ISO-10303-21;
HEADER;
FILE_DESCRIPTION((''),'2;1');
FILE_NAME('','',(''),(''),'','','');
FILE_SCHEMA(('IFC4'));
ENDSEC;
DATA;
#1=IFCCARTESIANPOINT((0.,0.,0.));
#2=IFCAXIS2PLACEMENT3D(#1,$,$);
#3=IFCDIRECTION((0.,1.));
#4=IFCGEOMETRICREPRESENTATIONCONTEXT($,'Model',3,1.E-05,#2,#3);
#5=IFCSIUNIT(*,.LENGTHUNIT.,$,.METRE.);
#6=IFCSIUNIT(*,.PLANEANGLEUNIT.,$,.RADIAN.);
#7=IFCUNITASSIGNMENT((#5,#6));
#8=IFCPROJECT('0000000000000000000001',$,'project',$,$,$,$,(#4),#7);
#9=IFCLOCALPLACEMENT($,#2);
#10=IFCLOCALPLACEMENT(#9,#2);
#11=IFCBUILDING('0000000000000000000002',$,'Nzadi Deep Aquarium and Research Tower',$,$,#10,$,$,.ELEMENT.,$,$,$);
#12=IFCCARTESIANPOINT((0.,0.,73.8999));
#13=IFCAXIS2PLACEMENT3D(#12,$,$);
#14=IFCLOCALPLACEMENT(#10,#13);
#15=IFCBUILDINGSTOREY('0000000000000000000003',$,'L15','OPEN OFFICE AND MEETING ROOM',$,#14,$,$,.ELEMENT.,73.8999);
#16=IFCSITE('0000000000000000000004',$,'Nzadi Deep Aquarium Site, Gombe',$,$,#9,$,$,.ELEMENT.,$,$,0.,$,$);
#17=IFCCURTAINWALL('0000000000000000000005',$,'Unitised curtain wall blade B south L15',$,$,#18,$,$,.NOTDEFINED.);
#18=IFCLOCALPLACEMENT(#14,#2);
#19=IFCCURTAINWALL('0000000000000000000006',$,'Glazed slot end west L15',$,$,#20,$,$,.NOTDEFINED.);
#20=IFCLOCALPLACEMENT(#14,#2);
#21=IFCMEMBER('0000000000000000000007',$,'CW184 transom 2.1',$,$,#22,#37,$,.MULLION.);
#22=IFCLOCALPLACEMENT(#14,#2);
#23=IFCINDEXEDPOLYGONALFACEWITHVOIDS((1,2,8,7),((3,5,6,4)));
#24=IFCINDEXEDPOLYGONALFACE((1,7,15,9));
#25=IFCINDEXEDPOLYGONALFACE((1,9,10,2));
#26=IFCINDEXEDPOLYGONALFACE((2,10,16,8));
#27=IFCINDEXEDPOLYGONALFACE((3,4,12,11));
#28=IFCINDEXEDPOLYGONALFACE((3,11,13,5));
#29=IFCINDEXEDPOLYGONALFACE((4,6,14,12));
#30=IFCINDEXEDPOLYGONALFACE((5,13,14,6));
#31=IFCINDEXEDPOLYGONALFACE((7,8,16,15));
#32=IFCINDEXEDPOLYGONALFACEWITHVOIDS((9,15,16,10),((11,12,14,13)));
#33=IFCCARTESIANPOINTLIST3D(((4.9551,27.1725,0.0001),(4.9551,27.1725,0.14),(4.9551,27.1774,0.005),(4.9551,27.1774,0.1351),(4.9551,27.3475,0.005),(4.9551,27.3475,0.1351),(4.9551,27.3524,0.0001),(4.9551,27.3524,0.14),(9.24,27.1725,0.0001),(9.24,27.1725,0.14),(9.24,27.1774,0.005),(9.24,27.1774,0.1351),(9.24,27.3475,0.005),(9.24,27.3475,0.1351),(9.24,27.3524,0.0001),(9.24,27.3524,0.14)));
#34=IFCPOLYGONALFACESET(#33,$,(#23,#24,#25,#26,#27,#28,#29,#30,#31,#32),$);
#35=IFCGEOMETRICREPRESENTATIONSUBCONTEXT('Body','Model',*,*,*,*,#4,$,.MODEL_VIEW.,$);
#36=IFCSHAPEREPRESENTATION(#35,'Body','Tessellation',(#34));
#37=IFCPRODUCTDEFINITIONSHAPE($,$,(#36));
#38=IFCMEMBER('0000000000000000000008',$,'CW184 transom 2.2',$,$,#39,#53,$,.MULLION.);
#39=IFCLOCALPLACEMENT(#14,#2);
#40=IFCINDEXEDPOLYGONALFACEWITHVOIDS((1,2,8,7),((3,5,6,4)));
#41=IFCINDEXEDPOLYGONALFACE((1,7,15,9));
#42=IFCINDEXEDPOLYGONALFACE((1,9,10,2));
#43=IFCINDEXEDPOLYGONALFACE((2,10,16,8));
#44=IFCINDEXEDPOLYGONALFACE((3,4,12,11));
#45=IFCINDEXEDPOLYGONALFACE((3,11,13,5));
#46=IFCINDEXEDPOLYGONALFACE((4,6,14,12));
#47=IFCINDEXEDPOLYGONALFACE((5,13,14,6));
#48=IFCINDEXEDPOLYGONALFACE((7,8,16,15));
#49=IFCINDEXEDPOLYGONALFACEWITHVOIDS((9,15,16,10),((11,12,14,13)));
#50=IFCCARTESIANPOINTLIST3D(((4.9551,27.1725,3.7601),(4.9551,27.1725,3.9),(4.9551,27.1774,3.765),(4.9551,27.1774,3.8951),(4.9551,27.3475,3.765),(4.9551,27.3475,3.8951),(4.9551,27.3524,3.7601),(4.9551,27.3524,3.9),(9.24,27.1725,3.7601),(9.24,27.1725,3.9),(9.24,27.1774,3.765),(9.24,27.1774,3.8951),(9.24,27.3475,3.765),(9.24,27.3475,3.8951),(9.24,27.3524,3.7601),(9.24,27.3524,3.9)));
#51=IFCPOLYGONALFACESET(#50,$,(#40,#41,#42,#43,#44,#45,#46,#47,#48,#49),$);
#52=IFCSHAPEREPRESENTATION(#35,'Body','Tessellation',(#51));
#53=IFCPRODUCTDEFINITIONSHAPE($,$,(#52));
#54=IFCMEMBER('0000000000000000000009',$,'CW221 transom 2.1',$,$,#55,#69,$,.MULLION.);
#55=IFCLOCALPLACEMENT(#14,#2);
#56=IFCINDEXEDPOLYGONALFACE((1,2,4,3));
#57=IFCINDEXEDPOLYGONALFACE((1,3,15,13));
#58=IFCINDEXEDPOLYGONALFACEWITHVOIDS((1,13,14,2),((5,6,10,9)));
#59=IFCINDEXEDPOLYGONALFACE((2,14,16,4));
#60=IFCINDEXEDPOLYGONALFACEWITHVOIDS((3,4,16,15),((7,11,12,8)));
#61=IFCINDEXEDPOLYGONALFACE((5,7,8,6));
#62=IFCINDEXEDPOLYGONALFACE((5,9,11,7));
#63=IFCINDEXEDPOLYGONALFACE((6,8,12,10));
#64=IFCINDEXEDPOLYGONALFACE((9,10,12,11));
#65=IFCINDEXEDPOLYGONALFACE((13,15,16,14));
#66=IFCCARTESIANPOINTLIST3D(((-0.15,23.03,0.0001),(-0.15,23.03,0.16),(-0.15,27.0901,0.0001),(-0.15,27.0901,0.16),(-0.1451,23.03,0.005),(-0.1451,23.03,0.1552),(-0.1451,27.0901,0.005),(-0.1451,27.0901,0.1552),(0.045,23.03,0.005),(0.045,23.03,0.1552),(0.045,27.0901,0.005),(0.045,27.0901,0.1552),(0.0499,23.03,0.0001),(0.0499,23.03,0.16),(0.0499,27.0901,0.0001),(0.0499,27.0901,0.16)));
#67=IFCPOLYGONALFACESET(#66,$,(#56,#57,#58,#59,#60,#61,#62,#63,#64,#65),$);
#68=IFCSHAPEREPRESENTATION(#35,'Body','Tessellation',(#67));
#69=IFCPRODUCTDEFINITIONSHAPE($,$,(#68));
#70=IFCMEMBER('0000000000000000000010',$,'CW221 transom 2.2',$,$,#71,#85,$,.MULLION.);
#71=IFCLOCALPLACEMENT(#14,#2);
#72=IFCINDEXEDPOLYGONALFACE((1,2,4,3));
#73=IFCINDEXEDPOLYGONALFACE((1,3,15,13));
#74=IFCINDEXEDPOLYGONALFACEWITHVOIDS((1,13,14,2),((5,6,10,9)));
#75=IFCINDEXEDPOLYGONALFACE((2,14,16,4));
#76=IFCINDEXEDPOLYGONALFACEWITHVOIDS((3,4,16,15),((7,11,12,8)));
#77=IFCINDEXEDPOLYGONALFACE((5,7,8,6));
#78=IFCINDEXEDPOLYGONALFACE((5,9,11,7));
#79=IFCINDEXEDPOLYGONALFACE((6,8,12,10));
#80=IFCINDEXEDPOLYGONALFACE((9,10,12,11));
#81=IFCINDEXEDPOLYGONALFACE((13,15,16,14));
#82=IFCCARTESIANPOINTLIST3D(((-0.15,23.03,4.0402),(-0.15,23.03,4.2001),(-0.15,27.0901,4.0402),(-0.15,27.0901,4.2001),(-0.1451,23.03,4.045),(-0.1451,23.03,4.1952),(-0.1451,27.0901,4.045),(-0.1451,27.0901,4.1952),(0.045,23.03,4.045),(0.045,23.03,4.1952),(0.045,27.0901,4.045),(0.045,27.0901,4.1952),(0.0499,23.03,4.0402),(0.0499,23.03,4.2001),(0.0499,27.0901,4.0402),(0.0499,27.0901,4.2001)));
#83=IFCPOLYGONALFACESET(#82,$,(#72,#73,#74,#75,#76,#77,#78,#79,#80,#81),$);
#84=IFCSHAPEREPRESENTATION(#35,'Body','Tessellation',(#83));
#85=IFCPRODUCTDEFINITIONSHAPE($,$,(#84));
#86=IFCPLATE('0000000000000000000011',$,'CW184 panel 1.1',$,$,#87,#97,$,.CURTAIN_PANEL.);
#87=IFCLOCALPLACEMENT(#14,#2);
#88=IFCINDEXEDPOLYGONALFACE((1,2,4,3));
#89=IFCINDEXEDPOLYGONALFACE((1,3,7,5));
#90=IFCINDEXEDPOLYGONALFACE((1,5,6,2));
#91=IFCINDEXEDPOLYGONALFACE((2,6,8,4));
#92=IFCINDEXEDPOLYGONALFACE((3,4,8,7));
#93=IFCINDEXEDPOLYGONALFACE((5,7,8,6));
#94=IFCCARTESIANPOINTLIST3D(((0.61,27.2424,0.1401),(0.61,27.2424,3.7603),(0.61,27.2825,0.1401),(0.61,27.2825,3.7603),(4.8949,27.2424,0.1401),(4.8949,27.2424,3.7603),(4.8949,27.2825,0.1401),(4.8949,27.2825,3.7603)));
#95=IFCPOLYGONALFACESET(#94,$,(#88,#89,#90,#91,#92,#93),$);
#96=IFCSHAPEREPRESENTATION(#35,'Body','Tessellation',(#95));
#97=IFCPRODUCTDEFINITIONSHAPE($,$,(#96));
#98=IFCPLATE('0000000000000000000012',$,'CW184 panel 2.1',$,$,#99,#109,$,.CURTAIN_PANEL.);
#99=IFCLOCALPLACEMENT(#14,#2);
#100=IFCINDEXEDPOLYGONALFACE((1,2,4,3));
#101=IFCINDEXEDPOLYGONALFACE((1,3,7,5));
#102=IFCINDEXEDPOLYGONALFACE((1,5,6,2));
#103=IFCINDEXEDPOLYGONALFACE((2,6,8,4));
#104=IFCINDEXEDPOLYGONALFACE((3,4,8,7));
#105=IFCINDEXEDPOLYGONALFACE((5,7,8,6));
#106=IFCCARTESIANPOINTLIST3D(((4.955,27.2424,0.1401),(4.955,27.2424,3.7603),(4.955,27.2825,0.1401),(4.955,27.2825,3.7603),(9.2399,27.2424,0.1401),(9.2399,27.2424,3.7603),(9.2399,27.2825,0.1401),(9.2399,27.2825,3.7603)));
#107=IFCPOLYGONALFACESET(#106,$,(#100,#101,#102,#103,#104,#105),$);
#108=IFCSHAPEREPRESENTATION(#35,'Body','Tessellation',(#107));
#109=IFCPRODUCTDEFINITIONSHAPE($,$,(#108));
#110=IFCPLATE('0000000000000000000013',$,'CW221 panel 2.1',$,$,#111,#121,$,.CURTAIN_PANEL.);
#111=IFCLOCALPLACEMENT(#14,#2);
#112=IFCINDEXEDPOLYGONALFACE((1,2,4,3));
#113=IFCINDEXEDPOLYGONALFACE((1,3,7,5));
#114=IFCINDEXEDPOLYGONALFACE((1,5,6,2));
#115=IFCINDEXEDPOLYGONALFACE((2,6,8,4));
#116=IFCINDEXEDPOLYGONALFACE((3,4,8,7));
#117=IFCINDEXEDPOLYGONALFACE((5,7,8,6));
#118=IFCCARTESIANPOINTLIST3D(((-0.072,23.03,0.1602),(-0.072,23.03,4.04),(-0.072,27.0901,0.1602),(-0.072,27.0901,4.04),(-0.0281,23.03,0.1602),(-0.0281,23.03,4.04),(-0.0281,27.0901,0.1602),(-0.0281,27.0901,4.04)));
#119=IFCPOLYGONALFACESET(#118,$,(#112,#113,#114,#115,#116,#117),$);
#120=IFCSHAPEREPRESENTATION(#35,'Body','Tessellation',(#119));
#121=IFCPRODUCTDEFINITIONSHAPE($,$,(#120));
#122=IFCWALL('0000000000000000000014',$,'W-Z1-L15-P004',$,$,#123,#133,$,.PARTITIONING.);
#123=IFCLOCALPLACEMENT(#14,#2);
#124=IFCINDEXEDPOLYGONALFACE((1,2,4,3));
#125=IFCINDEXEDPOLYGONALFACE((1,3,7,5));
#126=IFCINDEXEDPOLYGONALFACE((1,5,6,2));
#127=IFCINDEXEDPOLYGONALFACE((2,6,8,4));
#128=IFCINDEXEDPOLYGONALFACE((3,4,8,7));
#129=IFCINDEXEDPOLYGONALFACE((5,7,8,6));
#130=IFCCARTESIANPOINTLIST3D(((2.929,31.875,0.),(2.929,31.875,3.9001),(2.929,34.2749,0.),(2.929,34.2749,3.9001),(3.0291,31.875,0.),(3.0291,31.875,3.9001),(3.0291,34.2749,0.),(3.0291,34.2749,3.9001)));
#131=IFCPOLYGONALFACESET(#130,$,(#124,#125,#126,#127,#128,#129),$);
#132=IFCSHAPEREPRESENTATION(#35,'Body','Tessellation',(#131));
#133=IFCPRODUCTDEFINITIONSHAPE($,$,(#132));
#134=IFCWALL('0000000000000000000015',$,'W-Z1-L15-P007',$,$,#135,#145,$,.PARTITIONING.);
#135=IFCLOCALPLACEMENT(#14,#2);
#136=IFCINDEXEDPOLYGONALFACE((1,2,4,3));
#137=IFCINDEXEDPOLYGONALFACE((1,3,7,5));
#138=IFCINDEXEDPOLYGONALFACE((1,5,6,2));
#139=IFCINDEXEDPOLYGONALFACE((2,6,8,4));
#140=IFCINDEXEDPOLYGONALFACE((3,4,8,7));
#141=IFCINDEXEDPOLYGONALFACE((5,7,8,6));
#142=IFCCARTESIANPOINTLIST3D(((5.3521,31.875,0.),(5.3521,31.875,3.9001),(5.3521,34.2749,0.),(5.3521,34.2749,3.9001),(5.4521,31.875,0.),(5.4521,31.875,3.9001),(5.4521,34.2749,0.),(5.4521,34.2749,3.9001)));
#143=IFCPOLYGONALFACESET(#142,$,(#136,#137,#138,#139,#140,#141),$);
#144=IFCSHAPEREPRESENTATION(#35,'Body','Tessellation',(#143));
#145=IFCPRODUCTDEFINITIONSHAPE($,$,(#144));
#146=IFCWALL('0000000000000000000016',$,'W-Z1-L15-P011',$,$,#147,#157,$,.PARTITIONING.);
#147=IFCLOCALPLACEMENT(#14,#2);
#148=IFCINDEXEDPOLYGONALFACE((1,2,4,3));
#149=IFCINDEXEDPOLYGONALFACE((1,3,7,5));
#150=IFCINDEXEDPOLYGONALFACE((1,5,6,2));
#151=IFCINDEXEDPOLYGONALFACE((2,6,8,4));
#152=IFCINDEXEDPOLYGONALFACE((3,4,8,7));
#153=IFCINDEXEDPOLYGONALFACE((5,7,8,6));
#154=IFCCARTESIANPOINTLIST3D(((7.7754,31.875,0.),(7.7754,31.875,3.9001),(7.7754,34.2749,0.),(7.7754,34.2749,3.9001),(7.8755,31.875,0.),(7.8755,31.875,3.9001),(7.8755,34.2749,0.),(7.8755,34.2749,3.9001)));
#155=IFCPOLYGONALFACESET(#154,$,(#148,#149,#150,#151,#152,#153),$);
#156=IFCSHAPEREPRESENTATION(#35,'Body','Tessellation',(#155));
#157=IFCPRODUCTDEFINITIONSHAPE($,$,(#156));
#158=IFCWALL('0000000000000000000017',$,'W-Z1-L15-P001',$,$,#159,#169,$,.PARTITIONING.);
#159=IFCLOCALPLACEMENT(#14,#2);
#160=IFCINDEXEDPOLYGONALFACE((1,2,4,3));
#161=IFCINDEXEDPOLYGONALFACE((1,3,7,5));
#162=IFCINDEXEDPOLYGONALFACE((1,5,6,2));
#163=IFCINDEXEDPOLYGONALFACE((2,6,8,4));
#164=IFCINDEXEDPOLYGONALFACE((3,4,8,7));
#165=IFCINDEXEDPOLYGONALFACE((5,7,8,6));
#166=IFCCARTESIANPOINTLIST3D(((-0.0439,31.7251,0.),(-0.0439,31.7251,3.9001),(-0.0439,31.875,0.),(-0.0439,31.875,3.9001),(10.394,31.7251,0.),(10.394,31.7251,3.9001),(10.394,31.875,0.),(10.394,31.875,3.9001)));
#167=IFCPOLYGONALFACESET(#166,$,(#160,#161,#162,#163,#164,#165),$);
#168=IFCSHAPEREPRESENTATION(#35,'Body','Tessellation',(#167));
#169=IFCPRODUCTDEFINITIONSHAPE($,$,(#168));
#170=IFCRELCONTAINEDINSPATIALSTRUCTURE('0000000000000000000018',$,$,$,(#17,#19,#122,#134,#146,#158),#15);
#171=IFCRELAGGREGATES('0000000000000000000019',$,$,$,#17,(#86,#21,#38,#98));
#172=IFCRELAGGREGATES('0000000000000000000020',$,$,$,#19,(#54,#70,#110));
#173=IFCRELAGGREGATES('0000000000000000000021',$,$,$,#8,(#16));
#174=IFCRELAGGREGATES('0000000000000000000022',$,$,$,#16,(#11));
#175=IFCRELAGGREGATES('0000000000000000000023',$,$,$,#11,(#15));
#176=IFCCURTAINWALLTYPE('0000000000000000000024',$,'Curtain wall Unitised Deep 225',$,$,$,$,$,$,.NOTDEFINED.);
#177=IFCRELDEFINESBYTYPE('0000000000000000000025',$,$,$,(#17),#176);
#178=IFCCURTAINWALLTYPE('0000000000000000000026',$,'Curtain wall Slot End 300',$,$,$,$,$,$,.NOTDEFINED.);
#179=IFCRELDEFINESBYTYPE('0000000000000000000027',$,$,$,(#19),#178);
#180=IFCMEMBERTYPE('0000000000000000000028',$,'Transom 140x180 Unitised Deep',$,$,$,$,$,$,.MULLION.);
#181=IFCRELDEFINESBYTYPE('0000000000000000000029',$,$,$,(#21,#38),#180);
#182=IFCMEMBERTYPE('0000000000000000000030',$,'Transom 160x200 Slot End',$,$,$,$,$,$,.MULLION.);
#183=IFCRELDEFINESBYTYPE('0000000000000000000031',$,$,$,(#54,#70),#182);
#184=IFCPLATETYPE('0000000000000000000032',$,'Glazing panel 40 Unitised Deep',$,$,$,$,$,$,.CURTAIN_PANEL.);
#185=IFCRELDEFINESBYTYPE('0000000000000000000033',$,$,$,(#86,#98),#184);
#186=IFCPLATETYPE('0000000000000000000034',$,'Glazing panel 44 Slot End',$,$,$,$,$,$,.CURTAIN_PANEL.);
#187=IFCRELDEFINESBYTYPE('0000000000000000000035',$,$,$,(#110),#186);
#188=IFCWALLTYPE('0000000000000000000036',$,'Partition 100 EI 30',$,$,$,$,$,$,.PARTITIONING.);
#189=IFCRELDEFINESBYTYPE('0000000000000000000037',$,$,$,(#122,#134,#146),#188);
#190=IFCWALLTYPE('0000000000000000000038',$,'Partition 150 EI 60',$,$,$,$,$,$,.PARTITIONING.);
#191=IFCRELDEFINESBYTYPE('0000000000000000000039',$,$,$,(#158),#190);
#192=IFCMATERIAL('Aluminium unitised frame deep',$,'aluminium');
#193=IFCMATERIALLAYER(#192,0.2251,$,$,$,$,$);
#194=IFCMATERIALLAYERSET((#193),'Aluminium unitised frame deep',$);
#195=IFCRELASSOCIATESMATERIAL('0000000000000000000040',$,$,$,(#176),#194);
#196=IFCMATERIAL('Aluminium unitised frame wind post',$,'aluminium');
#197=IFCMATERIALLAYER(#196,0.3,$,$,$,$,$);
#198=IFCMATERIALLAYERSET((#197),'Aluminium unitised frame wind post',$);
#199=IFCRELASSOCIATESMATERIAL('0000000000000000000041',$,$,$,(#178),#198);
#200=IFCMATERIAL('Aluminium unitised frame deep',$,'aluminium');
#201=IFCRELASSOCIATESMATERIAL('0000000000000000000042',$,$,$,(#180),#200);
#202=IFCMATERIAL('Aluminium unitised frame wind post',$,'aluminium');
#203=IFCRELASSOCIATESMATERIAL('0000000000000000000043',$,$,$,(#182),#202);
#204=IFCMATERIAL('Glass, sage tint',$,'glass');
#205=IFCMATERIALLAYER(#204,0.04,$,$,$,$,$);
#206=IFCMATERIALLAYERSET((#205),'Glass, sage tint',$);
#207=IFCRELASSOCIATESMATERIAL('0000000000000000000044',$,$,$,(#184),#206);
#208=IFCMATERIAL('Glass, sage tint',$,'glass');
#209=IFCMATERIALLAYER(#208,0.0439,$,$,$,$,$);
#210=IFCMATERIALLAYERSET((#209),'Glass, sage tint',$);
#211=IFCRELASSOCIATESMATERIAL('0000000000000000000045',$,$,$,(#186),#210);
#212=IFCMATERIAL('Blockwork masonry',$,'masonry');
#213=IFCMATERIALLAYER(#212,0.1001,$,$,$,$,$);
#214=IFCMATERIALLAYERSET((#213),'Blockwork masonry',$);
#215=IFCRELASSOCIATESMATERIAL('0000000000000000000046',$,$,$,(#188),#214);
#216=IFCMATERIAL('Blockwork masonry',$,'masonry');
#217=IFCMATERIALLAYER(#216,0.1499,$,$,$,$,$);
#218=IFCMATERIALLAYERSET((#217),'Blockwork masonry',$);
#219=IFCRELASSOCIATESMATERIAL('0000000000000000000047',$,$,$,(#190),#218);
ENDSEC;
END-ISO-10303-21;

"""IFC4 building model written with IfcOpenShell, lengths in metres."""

from ifc_helpers import new_model, si_unit, direction, frame, frame_2d, origin, origin_2d, place, context, subcontext, project, spatial, rectangle, hollow_rectangle, extrude, material, layer, layer_set, material_profile, profile_set, type_object, element, aggregate, save


model = new_model("IFC4")

# Units and contexts
model_context = context("Model", 3, precision=1e-05, world=origin(), true_north=direction((0.0, 1.0)))
body_context = subcontext(model_context, "Body", "Model", "MODEL_VIEW")
ifc_project = project(units=[si_unit("LENGTHUNIT", "METRE"), si_unit("PLANEANGLEUNIT", "RADIAN")], contexts=[model_context])

# Site, building, storey
site_placement = place(None, origin())
site = spatial("IfcSite", under=ifc_project, at=site_placement, Name="Nzadi Deep Aquarium Site, Gombe", CompositionType="ELEMENT", RefElevation=0.0)
building_placement = place(site_placement, origin())
building = spatial("IfcBuilding", under=site, at=building_placement, Name="Nzadi Deep Aquarium and Research Tower", CompositionType="ELEMENT")
storey_placement = place(building_placement, frame((0.0, 0.0, 73.8999)))
storey = spatial("IfcBuildingStorey", under=building, at=storey_placement, Name="L15", Description="OPEN OFFICE AND MEETING ROOM", CompositionType="ELEMENT", Elevation=73.8999)

# Curtain walls
ifc_material_1 = material(Name="Aluminium unitised frame deep", Category="aluminium")
ifc_layer_1 = layer(ifc_material_1, 0.2251)
ifc_layer_set_1 = layer_set([ifc_layer_1], Name="Aluminium unitised frame deep")
curtain_wall_type_1 = type_object("IfcCurtainWallType", Name="Curtain wall Unitised Deep 225", PredefinedType="NOTDEFINED", material=ifc_layer_set_1)
curtain_wall_1_placement = place(storey_placement, origin())
curtain_wall_1 = element("IfcCurtainWall", 1, at=curtain_wall_1_placement, inside=storey, type_object=curtain_wall_type_1, Name="Unitised curtain wall blade B south L15", PredefinedType="NOTDEFINED")
ifc_material_2 = material(Name="Aluminium unitised frame wind post", Category="aluminium")
ifc_layer_2 = layer(ifc_material_2, 0.3)
ifc_layer_set_2 = layer_set([ifc_layer_2], Name="Aluminium unitised frame wind post")
curtain_wall_type_2 = type_object("IfcCurtainWallType", Name="Curtain wall Slot End 300", PredefinedType="NOTDEFINED", material=ifc_layer_set_2)
curtain_wall_2_placement = place(storey_placement, origin())
curtain_wall_2 = element("IfcCurtainWall", 2, at=curtain_wall_2_placement, inside=storey, type_object=curtain_wall_type_2, Name="Glazed slot end west L15", PredefinedType="NOTDEFINED")

# Members
ifc_material_3 = material(Name="Aluminium unitised frame deep", Category="aluminium")
ifc_material_profile_1 = material_profile(ifc_material_3, hollow_rectangle(XDim=0.1799, YDim=0.1399, WallThickness=0.0049, at=origin_2d()))
ifc_profile_set_1 = profile_set([ifc_material_profile_1], Name="Aluminium unitised frame deep")
member_type_1 = type_object("IfcMemberType", Name="Transom 140x180 Unitised Deep", PredefinedType="MULLION", material=ifc_profile_set_1)
member_1_placement = place(storey_placement, frame((4.9551, 27.2625, 0.0701), z_axis=(1.0, 0.0, 0.0), x_axis=(0.0, 1.0, 0.0)))
member_1 = element("IfcMember", 3, at=member_1_placement, type_object=member_type_1, Name="CW184 transom 2.1", PredefinedType="MULLION", context=body_context, shape_type="SweptSolid", body=[
    extrude(hollow_rectangle(XDim=0.1799, YDim=0.1399, WallThickness=0.0049, at=origin_2d()), origin(), (0.0, 0.0, 1.0), 4.2849),
])
member_2_placement = place(storey_placement, frame((4.9551, 27.2625, 3.8301), z_axis=(1.0, 0.0, 0.0), x_axis=(0.0, 1.0, 0.0)))
member_2 = element("IfcMember", 4, at=member_2_placement, type_object=member_type_1, Name="CW184 transom 2.2", PredefinedType="MULLION", context=body_context, shape_type="SweptSolid", body=[
    extrude(hollow_rectangle(XDim=0.1799, YDim=0.1399, WallThickness=0.0049, at=origin_2d()), origin(), (0.0, 0.0, 1.0), 4.2849),
])
ifc_material_4 = material(Name="Aluminium unitised frame wind post", Category="aluminium")
ifc_material_profile_2 = material_profile(ifc_material_4, hollow_rectangle(XDim=0.2, YDim=0.1599, WallThickness=0.0049, at=origin_2d()))
ifc_profile_set_2 = profile_set([ifc_material_profile_2], Name="Aluminium unitised frame wind post")
member_type_2 = type_object("IfcMemberType", Name="Transom 160x200 Slot End", PredefinedType="MULLION", material=ifc_profile_set_2)
member_3_placement = place(storey_placement, frame((-0.05, 23.03, 0.0801), z_axis=(0.0, 1.0, 0.0), x_axis=(-1.0, 0.0, 0.0)))
member_3 = element("IfcMember", 5, at=member_3_placement, type_object=member_type_2, Name="CW221 transom 2.1", PredefinedType="MULLION", context=body_context, shape_type="SweptSolid", body=[
    extrude(hollow_rectangle(XDim=0.2, YDim=0.1599, WallThickness=0.0049, at=origin_2d()), origin(), (0.0, 0.0, 1.0), 4.0601),
])
member_4_placement = place(storey_placement, frame((-0.05, 23.03, 4.1201), z_axis=(0.0, 1.0, 0.0), x_axis=(-1.0, 0.0, 0.0)))
member_4 = element("IfcMember", 6, at=member_4_placement, type_object=member_type_2, Name="CW221 transom 2.2", PredefinedType="MULLION", context=body_context, shape_type="SweptSolid", body=[
    extrude(hollow_rectangle(XDim=0.2, YDim=0.1599, WallThickness=0.0049, at=origin_2d()), origin(), (0.0, 0.0, 1.0), 4.0601),
])

# Plates
ifc_material_5 = material(Name="Glass, sage tint", Category="glass")
ifc_layer_3 = layer(ifc_material_5, 0.04)
ifc_layer_set_3 = layer_set([ifc_layer_3], Name="Glass, sage tint")
plate_type_1 = type_object("IfcPlateType", Name="Glazing panel 40 Unitised Deep", PredefinedType="CURTAIN_PANEL", material=ifc_layer_set_3)
plate_1_placement = place(storey_placement, frame((2.7524, 27.2625, 0.1401), z_axis=(0.0, 0.0, 1.0), x_axis=(1.0, 0.0, 0.0)))
plate_1 = element("IfcPlate", 7, at=plate_1_placement, type_object=plate_type_1, Name="CW184 panel 1.1", PredefinedType="CURTAIN_PANEL", context=body_context, shape_type="SweptSolid", body=[
    extrude(rectangle(XDim=4.2849, YDim=0.04, at=origin_2d()), origin(), (0.0, 0.0, 1.0), 3.6201),
])
plate_2_placement = place(storey_placement, frame((7.0974, 27.2625, 0.1401), z_axis=(0.0, 0.0, 1.0), x_axis=(1.0, 0.0, 0.0)))
plate_2 = element("IfcPlate", 8, at=plate_2_placement, type_object=plate_type_1, Name="CW184 panel 2.1", PredefinedType="CURTAIN_PANEL", context=body_context, shape_type="SweptSolid", body=[
    extrude(rectangle(XDim=4.2849, YDim=0.04, at=origin_2d()), origin(), (0.0, 0.0, 1.0), 3.6201),
])
aggregate(curtain_wall_1, [plate_1, member_1, member_2, plate_2])
ifc_material_6 = material(Name="Glass, sage tint", Category="glass")
ifc_layer_4 = layer(ifc_material_6, 0.0439)
ifc_layer_set_4 = layer_set([ifc_layer_4], Name="Glass, sage tint")
plate_type_2 = type_object("IfcPlateType", Name="Glazing panel 44 Slot End", PredefinedType="CURTAIN_PANEL", material=ifc_layer_set_4)
plate_3_placement = place(storey_placement, frame((-0.05, 25.0601, 0.1602), z_axis=(0.0, 0.0, 1.0), x_axis=(0.0, 1.0, 0.0)))
plate_3 = element("IfcPlate", 9, at=plate_3_placement, type_object=plate_type_2, Name="CW221 panel 2.1", PredefinedType="CURTAIN_PANEL", context=body_context, shape_type="SweptSolid", body=[
    extrude(rectangle(XDim=4.0601, YDim=0.0439, at=origin_2d()), origin(), (0.0, 0.0, 1.0), 3.8799),
])
aggregate(curtain_wall_2, [member_3, member_4, plate_3])

# Walls
ifc_material_7 = material(Name="Blockwork masonry", Category="masonry")
ifc_layer_5 = layer(ifc_material_7, 0.1001)
ifc_layer_set_5 = layer_set([ifc_layer_5], Name="Blockwork masonry")
wall_type_1 = type_object("IfcWallType", Name="Partition 100 EI 30", PredefinedType="PARTITIONING", material=ifc_layer_set_5)
for number, where, z_axis, x_axis, name in (
    (10, (2.979, 31.875, 0.0), (0.0, 0.0, 1.0), (0.0, 1.0, 0.0), "W-Z1-L15-P004"),
    (11, (5.4021, 31.875, 0.0), (0.0, 0.0, 1.0), (0.0, 1.0, 0.0), "W-Z1-L15-P007"),
    (12, (7.8254, 31.875, 0.0), (0.0, 0.0, 1.0), (0.0, 1.0, 0.0), "W-Z1-L15-P011"),
):
    element("IfcWall", number, at=place(storey_placement, frame(where, z_axis=z_axis, x_axis=x_axis)), inside=storey, type_object=wall_type_1, Name=name, PredefinedType="PARTITIONING", context=body_context, shape_type="SweptSolid", body=[
        extrude(rectangle(XDim=2.3999, YDim=0.1001, at=frame_2d((1.2, 0.0))), origin(), (0.0, 0.0, 1.0), 3.9001),
    ])
ifc_material_8 = material(Name="Blockwork masonry", Category="masonry")
ifc_layer_6 = layer(ifc_material_8, 0.1499)
ifc_layer_set_6 = layer_set([ifc_layer_6], Name="Blockwork masonry")
wall_type_2 = type_object("IfcWallType", Name="Partition 150 EI 60", PredefinedType="PARTITIONING", material=ifc_layer_set_6)
wall_1_placement = place(storey_placement, frame((-0.0439, 31.8, 0.0), z_axis=(0.0, 0.0, 1.0), x_axis=(1.0, 0.0, 0.0)))
element("IfcWall", 13, at=wall_1_placement, inside=storey, type_object=wall_type_2, Name="W-Z1-L15-P001", PredefinedType="PARTITIONING", context=body_context, shape_type="SweptSolid", body=[
    extrude(rectangle(XDim=10.438, YDim=0.1499, at=frame_2d((5.219, 0.0))), origin(), (0.0, 0.0, 1.0), 3.9001),
])

save(model, "model.ifc")
